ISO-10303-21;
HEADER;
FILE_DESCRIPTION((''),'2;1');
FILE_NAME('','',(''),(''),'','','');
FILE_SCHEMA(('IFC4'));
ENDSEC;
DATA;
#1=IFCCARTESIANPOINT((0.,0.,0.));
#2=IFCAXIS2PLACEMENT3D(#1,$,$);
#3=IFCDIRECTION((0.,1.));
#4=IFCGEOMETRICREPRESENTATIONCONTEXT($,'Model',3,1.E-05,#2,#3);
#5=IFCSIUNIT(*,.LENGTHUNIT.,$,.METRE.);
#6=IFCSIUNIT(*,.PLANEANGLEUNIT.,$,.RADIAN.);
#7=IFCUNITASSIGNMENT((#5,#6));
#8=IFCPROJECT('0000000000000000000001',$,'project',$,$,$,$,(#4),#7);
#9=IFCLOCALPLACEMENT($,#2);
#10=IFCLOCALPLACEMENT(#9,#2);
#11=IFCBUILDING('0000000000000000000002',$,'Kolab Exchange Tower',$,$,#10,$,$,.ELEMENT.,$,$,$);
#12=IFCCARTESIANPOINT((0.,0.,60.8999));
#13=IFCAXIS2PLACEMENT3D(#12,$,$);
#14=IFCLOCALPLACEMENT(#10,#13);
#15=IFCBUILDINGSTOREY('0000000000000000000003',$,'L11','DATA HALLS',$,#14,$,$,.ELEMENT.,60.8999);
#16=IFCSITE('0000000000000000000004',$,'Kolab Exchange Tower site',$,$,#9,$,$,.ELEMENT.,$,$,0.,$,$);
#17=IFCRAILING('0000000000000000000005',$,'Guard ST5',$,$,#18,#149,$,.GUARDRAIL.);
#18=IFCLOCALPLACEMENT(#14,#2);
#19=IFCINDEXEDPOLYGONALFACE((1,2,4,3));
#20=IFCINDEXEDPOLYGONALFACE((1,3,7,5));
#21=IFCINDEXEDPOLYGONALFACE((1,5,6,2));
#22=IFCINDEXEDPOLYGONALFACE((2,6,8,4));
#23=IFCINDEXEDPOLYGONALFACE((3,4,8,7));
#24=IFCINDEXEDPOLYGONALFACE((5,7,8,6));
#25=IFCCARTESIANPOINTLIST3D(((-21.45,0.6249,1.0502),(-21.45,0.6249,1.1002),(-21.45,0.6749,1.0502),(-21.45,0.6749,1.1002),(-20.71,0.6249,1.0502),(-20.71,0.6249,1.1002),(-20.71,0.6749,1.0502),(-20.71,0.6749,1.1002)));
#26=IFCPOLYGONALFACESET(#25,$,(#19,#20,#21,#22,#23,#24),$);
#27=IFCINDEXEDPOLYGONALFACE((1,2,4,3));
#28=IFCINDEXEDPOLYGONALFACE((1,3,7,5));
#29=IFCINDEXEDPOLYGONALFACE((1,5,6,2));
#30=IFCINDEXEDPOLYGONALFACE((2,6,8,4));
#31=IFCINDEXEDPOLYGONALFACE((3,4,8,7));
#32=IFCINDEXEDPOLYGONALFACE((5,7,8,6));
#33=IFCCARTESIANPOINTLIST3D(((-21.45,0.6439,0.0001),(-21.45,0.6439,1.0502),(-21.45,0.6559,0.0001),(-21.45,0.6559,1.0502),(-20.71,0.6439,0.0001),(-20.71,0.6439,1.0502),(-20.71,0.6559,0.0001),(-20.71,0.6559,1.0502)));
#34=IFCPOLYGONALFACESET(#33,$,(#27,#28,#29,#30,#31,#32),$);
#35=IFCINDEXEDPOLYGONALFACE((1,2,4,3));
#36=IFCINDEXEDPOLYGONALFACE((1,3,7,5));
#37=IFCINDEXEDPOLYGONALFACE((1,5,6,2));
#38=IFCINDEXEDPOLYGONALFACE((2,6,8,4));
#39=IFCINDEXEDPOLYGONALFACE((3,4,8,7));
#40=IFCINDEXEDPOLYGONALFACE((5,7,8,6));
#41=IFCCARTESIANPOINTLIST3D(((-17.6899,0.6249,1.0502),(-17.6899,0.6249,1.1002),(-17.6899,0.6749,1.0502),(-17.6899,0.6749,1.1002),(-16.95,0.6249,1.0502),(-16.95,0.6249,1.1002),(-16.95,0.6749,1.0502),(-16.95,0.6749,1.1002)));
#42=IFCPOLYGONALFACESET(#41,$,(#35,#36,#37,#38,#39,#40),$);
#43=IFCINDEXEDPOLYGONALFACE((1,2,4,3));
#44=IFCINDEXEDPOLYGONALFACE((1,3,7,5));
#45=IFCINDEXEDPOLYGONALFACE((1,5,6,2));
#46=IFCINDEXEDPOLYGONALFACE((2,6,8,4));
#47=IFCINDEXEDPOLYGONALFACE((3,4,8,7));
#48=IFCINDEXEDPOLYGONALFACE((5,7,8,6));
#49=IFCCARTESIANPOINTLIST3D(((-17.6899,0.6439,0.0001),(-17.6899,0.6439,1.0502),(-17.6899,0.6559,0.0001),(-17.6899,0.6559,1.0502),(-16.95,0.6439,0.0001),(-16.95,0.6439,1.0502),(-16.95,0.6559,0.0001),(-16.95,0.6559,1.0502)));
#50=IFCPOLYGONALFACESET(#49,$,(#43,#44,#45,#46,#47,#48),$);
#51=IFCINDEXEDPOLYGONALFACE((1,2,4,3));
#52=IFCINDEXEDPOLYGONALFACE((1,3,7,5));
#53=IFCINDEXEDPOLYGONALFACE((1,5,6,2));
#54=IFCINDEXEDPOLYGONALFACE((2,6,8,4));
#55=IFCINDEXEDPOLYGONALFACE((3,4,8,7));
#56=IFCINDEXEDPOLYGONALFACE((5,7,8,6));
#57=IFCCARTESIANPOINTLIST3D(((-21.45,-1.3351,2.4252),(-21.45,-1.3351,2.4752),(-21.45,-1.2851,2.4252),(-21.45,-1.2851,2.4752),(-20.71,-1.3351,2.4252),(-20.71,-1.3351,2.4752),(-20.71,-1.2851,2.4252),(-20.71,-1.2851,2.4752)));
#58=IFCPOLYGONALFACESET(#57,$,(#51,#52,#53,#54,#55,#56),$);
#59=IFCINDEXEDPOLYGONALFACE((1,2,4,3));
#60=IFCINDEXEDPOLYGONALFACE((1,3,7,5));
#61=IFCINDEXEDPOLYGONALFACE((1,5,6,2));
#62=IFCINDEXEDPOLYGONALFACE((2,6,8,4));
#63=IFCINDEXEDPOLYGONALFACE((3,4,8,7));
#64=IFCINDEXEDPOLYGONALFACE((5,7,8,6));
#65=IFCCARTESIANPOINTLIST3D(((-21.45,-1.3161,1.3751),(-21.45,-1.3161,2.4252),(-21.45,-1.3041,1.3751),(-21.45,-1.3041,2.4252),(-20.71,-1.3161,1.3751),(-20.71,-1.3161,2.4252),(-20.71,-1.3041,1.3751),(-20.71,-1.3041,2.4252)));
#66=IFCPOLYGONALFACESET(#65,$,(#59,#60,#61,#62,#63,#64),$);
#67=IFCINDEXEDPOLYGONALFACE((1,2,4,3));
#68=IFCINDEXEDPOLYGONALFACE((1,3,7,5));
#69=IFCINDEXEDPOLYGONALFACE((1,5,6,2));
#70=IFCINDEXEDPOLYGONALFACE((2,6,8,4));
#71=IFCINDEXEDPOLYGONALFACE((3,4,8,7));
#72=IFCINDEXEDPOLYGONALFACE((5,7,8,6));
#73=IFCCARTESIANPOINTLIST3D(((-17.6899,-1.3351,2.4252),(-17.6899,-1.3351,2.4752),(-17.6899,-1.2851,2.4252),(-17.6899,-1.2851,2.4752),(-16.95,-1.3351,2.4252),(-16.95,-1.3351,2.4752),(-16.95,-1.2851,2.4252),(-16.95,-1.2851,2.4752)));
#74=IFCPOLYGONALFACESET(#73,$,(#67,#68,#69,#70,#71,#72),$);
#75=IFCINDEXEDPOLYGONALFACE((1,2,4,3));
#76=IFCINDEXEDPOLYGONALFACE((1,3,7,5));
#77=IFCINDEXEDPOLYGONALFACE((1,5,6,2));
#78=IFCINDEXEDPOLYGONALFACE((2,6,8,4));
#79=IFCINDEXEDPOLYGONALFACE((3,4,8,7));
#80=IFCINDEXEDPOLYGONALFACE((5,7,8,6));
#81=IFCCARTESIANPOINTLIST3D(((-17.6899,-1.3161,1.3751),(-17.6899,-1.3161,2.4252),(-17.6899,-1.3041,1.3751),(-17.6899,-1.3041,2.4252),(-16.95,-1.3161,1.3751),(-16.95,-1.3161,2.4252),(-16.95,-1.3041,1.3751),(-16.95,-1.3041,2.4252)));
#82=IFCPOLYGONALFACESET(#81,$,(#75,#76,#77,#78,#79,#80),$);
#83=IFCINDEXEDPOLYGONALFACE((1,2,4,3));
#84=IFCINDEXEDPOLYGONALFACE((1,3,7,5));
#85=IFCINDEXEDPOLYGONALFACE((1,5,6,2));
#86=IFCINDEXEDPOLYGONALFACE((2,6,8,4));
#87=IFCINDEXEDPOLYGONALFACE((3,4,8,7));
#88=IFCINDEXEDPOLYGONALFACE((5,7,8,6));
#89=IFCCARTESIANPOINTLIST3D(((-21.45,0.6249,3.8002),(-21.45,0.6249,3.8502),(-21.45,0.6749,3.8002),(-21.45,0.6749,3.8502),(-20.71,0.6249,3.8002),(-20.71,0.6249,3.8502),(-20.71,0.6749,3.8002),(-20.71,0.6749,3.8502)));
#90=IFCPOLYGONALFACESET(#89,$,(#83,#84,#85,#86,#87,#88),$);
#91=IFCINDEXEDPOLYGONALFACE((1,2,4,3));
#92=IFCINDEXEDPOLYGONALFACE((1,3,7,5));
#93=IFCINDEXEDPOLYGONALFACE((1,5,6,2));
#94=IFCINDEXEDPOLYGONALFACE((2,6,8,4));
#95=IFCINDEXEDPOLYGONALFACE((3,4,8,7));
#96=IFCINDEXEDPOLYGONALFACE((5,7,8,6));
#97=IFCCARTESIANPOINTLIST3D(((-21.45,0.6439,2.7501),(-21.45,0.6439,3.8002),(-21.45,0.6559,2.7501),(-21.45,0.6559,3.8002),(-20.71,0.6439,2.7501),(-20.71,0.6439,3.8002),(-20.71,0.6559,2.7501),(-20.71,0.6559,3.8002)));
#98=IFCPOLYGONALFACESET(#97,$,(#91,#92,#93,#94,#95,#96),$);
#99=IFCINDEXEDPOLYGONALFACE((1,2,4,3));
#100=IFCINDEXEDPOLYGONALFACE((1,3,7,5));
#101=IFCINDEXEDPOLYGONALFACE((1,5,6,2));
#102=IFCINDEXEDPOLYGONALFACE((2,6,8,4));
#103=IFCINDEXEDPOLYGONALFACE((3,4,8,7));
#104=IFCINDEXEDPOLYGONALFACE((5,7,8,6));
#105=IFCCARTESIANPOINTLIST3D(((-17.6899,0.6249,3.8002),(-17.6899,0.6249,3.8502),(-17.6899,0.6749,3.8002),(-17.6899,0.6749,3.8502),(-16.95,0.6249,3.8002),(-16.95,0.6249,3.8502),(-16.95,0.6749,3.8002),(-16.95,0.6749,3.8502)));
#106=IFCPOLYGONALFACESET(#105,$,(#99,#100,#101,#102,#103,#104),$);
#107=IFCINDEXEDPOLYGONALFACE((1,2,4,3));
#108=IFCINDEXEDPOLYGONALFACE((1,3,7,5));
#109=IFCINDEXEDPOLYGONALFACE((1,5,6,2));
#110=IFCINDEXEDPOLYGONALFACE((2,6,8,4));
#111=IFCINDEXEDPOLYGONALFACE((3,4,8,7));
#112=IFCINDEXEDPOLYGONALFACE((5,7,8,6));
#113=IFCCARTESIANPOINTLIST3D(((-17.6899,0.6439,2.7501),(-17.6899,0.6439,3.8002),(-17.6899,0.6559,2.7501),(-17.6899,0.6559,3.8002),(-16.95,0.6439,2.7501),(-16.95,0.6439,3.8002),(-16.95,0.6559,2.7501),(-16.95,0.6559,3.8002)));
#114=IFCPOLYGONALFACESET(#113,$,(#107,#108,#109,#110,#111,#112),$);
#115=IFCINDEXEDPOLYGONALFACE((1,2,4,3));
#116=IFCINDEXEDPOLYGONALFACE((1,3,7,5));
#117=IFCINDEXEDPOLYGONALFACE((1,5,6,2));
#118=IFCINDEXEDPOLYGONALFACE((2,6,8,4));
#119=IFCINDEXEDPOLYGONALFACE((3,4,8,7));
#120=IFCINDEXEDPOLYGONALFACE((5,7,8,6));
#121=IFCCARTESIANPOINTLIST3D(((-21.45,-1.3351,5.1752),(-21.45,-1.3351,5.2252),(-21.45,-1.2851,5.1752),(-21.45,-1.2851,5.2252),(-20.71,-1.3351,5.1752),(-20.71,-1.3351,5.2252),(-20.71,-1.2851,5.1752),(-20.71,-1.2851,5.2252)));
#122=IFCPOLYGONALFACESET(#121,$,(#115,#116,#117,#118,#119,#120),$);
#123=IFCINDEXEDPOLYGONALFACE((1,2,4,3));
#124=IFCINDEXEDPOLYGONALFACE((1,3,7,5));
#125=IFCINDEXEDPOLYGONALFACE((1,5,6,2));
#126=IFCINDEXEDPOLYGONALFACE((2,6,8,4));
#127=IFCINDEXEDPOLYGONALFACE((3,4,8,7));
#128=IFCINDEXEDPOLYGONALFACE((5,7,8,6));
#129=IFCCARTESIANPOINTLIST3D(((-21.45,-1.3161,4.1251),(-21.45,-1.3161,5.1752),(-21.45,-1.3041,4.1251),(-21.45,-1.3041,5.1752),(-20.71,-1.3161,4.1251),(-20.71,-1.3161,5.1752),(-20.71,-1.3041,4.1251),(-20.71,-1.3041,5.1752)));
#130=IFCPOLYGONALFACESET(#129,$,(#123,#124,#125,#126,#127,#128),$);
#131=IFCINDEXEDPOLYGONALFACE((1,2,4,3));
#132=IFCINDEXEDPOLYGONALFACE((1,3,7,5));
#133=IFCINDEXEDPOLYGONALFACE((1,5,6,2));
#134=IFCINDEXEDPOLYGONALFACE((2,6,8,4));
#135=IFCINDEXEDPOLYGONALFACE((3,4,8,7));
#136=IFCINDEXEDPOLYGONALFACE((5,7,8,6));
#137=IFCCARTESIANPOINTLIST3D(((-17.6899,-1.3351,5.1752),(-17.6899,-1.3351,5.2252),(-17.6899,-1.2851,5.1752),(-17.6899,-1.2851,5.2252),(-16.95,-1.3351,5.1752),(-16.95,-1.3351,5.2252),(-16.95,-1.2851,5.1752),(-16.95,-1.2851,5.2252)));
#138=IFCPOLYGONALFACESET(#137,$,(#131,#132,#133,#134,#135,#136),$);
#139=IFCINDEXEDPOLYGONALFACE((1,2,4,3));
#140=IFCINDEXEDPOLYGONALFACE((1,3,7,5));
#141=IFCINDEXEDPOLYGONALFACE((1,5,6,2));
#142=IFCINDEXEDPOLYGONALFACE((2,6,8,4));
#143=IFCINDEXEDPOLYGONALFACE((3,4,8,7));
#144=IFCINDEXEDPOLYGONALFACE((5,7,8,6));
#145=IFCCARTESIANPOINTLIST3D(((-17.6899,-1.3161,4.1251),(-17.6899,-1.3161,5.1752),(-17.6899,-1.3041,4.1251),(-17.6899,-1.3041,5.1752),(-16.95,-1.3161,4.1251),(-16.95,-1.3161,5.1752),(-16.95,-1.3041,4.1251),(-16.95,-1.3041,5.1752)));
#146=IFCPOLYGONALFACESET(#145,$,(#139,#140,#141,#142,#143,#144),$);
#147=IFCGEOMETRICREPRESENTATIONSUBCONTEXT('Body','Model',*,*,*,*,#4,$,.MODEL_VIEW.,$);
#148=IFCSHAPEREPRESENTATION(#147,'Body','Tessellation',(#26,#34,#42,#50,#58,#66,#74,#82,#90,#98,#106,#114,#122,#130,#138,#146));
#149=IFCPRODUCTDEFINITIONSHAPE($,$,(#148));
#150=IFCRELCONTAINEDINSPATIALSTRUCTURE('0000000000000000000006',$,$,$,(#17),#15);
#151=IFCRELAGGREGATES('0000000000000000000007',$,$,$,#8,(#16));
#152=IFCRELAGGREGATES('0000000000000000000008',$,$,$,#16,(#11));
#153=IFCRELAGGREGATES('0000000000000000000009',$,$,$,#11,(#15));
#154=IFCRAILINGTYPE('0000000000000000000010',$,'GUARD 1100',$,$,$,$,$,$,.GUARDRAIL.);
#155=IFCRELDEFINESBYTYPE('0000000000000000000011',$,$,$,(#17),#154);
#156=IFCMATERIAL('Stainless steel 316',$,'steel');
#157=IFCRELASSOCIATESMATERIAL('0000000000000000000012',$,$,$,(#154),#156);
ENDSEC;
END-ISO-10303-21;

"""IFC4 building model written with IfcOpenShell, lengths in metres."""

from ifc_helpers import new_model, si_unit, direction, frame, frame_2d, origin, origin_2d, place, context, subcontext, project, spatial, rectangle, extrude, material, type_object, element, save


model = new_model("IFC4")

# Units and contexts
model_context = context("Model", 3, precision=1e-05, world=origin(), true_north=direction((0.0, 1.0)))
body_context = subcontext(model_context, "Body", "Model", "MODEL_VIEW")
ifc_project = project(units=[si_unit("LENGTHUNIT", "METRE"), si_unit("PLANEANGLEUNIT", "RADIAN")], contexts=[model_context])

# Site, building, storey
site_placement = place(None, origin())
site = spatial("IfcSite", under=ifc_project, at=site_placement, Name="Kolab Exchange Tower site", CompositionType="ELEMENT", RefElevation=0.0)
building_placement = place(site_placement, origin())
building = spatial("IfcBuilding", under=site, at=building_placement, Name="Kolab Exchange Tower", CompositionType="ELEMENT")
storey_placement = place(building_placement, frame((0.0, 0.0, 60.8999)))
storey = spatial("IfcBuildingStorey", under=building, at=storey_placement, Name="L11", Description="DATA HALLS", CompositionType="ELEMENT", Elevation=60.8999)

# Railing
ifc_material_1 = material(Name="Stainless steel 316", Category="steel")
railing_type = type_object("IfcRailingType", Name="GUARD 1100", PredefinedType="GUARDRAIL", material=ifc_material_1)
railing_placement = place(storey_placement, frame((-21.45, 0.6499, 0.0)))
element("IfcRailing", 1, at=railing_placement, inside=storey, type_object=railing_type, Name="Guard ST5", PredefinedType="GUARDRAIL", context=body_context, shape_type="SweptSolid", body=[
    extrude(rectangle(XDim=0.05, YDim=0.05, at=origin_2d()), frame((0.0, 0.0, 1.0752), z_axis=(1.0, 0.0, 0.0), x_axis=(0.0, 1.0, 0.0)), (0.0, 0.0, 1.0), 0.74),
    extrude(rectangle(XDim=0.012, YDim=1.0501, at=frame_2d((0.0, 0.5251))), frame((0.0, 0.0, 0.0), z_axis=(1.0, 0.0, 0.0), x_axis=(0.0, 1.0, 0.0)), (0.0, 0.0, 1.0), 0.74),
    extrude(rectangle(XDim=0.05, YDim=0.05, at=origin_2d()), frame((3.76, 0.0, 1.0752), z_axis=(1.0, 0.0, 0.0), x_axis=(0.0, 1.0, 0.0)), (0.0, 0.0, 1.0), 0.74),
    extrude(rectangle(XDim=0.012, YDim=1.0501, at=frame_2d((0.0, 0.5251))), frame((3.76, 0.0, 0.0), z_axis=(1.0, 0.0, 0.0), x_axis=(0.0, 1.0, 0.0)), (0.0, 0.0, 1.0), 0.74),
    extrude(rectangle(XDim=0.05, YDim=0.05, at=origin_2d()), frame((0.0, -1.96, 2.4502), z_axis=(1.0, 0.0, 0.0), x_axis=(0.0, 1.0, 0.0)), (0.0, 0.0, 1.0), 0.74),
    extrude(rectangle(XDim=0.012, YDim=1.0501, at=frame_2d((0.0, 0.5251))), frame((0.0, -1.96, 1.375), z_axis=(1.0, 0.0, 0.0), x_axis=(0.0, 1.0, 0.0)), (0.0, 0.0, 1.0), 0.74),
    extrude(rectangle(XDim=0.05, YDim=0.05, at=origin_2d()), frame((3.76, -1.96, 2.4502), z_axis=(1.0, 0.0, 0.0), x_axis=(0.0, 1.0, 0.0)), (0.0, 0.0, 1.0), 0.74),
    extrude(rectangle(XDim=0.012, YDim=1.0501, at=frame_2d((0.0, 0.5251))), frame((3.76, -1.96, 1.375), z_axis=(1.0, 0.0, 0.0), x_axis=(0.0, 1.0, 0.0)), (0.0, 0.0, 1.0), 0.74),
    extrude(rectangle(XDim=0.05, YDim=0.05, at=origin_2d()), frame((0.0, 0.0, 3.8252), z_axis=(1.0, 0.0, 0.0), x_axis=(0.0, 1.0, 0.0)), (0.0, 0.0, 1.0), 0.74),
    extrude(rectangle(XDim=0.012, YDim=1.0501, at=frame_2d((0.0, 0.5251))), frame((0.0, 0.0, 2.75), z_axis=(1.0, 0.0, 0.0), x_axis=(0.0, 1.0, 0.0)), (0.0, 0.0, 1.0), 0.74),
    extrude(rectangle(XDim=0.05, YDim=0.05, at=origin_2d()), frame((3.76, 0.0, 3.8252), z_axis=(1.0, 0.0, 0.0), x_axis=(0.0, 1.0, 0.0)), (0.0, 0.0, 1.0), 0.74),
    extrude(rectangle(XDim=0.012, YDim=1.0501, at=frame_2d((0.0, 0.5251))), frame((3.76, 0.0, 2.75), z_axis=(1.0, 0.0, 0.0), x_axis=(0.0, 1.0, 0.0)), (0.0, 0.0, 1.0), 0.74),
    extrude(rectangle(XDim=0.05, YDim=0.05, at=origin_2d()), frame((0.0, -1.96, 5.2002), z_axis=(1.0, 0.0, 0.0), x_axis=(0.0, 1.0, 0.0)), (0.0, 0.0, 1.0), 0.74),
    extrude(rectangle(XDim=0.012, YDim=1.0501, at=frame_2d((0.0, 0.5251))), frame((0.0, -1.96, 4.125), z_axis=(1.0, 0.0, 0.0), x_axis=(0.0, 1.0, 0.0)), (0.0, 0.0, 1.0), 0.74),
    extrude(rectangle(XDim=0.05, YDim=0.05, at=origin_2d()), frame((3.76, -1.96, 5.2002), z_axis=(1.0, 0.0, 0.0), x_axis=(0.0, 1.0, 0.0)), (0.0, 0.0, 1.0), 0.74),
    extrude(rectangle(XDim=0.012, YDim=1.0501, at=frame_2d((0.0, 0.5251))), frame((3.76, -1.96, 4.125), z_axis=(1.0, 0.0, 0.0), x_axis=(0.0, 1.0, 0.0)), (0.0, 0.0, 1.0), 0.74),
])

save(model, "model.ifc")
